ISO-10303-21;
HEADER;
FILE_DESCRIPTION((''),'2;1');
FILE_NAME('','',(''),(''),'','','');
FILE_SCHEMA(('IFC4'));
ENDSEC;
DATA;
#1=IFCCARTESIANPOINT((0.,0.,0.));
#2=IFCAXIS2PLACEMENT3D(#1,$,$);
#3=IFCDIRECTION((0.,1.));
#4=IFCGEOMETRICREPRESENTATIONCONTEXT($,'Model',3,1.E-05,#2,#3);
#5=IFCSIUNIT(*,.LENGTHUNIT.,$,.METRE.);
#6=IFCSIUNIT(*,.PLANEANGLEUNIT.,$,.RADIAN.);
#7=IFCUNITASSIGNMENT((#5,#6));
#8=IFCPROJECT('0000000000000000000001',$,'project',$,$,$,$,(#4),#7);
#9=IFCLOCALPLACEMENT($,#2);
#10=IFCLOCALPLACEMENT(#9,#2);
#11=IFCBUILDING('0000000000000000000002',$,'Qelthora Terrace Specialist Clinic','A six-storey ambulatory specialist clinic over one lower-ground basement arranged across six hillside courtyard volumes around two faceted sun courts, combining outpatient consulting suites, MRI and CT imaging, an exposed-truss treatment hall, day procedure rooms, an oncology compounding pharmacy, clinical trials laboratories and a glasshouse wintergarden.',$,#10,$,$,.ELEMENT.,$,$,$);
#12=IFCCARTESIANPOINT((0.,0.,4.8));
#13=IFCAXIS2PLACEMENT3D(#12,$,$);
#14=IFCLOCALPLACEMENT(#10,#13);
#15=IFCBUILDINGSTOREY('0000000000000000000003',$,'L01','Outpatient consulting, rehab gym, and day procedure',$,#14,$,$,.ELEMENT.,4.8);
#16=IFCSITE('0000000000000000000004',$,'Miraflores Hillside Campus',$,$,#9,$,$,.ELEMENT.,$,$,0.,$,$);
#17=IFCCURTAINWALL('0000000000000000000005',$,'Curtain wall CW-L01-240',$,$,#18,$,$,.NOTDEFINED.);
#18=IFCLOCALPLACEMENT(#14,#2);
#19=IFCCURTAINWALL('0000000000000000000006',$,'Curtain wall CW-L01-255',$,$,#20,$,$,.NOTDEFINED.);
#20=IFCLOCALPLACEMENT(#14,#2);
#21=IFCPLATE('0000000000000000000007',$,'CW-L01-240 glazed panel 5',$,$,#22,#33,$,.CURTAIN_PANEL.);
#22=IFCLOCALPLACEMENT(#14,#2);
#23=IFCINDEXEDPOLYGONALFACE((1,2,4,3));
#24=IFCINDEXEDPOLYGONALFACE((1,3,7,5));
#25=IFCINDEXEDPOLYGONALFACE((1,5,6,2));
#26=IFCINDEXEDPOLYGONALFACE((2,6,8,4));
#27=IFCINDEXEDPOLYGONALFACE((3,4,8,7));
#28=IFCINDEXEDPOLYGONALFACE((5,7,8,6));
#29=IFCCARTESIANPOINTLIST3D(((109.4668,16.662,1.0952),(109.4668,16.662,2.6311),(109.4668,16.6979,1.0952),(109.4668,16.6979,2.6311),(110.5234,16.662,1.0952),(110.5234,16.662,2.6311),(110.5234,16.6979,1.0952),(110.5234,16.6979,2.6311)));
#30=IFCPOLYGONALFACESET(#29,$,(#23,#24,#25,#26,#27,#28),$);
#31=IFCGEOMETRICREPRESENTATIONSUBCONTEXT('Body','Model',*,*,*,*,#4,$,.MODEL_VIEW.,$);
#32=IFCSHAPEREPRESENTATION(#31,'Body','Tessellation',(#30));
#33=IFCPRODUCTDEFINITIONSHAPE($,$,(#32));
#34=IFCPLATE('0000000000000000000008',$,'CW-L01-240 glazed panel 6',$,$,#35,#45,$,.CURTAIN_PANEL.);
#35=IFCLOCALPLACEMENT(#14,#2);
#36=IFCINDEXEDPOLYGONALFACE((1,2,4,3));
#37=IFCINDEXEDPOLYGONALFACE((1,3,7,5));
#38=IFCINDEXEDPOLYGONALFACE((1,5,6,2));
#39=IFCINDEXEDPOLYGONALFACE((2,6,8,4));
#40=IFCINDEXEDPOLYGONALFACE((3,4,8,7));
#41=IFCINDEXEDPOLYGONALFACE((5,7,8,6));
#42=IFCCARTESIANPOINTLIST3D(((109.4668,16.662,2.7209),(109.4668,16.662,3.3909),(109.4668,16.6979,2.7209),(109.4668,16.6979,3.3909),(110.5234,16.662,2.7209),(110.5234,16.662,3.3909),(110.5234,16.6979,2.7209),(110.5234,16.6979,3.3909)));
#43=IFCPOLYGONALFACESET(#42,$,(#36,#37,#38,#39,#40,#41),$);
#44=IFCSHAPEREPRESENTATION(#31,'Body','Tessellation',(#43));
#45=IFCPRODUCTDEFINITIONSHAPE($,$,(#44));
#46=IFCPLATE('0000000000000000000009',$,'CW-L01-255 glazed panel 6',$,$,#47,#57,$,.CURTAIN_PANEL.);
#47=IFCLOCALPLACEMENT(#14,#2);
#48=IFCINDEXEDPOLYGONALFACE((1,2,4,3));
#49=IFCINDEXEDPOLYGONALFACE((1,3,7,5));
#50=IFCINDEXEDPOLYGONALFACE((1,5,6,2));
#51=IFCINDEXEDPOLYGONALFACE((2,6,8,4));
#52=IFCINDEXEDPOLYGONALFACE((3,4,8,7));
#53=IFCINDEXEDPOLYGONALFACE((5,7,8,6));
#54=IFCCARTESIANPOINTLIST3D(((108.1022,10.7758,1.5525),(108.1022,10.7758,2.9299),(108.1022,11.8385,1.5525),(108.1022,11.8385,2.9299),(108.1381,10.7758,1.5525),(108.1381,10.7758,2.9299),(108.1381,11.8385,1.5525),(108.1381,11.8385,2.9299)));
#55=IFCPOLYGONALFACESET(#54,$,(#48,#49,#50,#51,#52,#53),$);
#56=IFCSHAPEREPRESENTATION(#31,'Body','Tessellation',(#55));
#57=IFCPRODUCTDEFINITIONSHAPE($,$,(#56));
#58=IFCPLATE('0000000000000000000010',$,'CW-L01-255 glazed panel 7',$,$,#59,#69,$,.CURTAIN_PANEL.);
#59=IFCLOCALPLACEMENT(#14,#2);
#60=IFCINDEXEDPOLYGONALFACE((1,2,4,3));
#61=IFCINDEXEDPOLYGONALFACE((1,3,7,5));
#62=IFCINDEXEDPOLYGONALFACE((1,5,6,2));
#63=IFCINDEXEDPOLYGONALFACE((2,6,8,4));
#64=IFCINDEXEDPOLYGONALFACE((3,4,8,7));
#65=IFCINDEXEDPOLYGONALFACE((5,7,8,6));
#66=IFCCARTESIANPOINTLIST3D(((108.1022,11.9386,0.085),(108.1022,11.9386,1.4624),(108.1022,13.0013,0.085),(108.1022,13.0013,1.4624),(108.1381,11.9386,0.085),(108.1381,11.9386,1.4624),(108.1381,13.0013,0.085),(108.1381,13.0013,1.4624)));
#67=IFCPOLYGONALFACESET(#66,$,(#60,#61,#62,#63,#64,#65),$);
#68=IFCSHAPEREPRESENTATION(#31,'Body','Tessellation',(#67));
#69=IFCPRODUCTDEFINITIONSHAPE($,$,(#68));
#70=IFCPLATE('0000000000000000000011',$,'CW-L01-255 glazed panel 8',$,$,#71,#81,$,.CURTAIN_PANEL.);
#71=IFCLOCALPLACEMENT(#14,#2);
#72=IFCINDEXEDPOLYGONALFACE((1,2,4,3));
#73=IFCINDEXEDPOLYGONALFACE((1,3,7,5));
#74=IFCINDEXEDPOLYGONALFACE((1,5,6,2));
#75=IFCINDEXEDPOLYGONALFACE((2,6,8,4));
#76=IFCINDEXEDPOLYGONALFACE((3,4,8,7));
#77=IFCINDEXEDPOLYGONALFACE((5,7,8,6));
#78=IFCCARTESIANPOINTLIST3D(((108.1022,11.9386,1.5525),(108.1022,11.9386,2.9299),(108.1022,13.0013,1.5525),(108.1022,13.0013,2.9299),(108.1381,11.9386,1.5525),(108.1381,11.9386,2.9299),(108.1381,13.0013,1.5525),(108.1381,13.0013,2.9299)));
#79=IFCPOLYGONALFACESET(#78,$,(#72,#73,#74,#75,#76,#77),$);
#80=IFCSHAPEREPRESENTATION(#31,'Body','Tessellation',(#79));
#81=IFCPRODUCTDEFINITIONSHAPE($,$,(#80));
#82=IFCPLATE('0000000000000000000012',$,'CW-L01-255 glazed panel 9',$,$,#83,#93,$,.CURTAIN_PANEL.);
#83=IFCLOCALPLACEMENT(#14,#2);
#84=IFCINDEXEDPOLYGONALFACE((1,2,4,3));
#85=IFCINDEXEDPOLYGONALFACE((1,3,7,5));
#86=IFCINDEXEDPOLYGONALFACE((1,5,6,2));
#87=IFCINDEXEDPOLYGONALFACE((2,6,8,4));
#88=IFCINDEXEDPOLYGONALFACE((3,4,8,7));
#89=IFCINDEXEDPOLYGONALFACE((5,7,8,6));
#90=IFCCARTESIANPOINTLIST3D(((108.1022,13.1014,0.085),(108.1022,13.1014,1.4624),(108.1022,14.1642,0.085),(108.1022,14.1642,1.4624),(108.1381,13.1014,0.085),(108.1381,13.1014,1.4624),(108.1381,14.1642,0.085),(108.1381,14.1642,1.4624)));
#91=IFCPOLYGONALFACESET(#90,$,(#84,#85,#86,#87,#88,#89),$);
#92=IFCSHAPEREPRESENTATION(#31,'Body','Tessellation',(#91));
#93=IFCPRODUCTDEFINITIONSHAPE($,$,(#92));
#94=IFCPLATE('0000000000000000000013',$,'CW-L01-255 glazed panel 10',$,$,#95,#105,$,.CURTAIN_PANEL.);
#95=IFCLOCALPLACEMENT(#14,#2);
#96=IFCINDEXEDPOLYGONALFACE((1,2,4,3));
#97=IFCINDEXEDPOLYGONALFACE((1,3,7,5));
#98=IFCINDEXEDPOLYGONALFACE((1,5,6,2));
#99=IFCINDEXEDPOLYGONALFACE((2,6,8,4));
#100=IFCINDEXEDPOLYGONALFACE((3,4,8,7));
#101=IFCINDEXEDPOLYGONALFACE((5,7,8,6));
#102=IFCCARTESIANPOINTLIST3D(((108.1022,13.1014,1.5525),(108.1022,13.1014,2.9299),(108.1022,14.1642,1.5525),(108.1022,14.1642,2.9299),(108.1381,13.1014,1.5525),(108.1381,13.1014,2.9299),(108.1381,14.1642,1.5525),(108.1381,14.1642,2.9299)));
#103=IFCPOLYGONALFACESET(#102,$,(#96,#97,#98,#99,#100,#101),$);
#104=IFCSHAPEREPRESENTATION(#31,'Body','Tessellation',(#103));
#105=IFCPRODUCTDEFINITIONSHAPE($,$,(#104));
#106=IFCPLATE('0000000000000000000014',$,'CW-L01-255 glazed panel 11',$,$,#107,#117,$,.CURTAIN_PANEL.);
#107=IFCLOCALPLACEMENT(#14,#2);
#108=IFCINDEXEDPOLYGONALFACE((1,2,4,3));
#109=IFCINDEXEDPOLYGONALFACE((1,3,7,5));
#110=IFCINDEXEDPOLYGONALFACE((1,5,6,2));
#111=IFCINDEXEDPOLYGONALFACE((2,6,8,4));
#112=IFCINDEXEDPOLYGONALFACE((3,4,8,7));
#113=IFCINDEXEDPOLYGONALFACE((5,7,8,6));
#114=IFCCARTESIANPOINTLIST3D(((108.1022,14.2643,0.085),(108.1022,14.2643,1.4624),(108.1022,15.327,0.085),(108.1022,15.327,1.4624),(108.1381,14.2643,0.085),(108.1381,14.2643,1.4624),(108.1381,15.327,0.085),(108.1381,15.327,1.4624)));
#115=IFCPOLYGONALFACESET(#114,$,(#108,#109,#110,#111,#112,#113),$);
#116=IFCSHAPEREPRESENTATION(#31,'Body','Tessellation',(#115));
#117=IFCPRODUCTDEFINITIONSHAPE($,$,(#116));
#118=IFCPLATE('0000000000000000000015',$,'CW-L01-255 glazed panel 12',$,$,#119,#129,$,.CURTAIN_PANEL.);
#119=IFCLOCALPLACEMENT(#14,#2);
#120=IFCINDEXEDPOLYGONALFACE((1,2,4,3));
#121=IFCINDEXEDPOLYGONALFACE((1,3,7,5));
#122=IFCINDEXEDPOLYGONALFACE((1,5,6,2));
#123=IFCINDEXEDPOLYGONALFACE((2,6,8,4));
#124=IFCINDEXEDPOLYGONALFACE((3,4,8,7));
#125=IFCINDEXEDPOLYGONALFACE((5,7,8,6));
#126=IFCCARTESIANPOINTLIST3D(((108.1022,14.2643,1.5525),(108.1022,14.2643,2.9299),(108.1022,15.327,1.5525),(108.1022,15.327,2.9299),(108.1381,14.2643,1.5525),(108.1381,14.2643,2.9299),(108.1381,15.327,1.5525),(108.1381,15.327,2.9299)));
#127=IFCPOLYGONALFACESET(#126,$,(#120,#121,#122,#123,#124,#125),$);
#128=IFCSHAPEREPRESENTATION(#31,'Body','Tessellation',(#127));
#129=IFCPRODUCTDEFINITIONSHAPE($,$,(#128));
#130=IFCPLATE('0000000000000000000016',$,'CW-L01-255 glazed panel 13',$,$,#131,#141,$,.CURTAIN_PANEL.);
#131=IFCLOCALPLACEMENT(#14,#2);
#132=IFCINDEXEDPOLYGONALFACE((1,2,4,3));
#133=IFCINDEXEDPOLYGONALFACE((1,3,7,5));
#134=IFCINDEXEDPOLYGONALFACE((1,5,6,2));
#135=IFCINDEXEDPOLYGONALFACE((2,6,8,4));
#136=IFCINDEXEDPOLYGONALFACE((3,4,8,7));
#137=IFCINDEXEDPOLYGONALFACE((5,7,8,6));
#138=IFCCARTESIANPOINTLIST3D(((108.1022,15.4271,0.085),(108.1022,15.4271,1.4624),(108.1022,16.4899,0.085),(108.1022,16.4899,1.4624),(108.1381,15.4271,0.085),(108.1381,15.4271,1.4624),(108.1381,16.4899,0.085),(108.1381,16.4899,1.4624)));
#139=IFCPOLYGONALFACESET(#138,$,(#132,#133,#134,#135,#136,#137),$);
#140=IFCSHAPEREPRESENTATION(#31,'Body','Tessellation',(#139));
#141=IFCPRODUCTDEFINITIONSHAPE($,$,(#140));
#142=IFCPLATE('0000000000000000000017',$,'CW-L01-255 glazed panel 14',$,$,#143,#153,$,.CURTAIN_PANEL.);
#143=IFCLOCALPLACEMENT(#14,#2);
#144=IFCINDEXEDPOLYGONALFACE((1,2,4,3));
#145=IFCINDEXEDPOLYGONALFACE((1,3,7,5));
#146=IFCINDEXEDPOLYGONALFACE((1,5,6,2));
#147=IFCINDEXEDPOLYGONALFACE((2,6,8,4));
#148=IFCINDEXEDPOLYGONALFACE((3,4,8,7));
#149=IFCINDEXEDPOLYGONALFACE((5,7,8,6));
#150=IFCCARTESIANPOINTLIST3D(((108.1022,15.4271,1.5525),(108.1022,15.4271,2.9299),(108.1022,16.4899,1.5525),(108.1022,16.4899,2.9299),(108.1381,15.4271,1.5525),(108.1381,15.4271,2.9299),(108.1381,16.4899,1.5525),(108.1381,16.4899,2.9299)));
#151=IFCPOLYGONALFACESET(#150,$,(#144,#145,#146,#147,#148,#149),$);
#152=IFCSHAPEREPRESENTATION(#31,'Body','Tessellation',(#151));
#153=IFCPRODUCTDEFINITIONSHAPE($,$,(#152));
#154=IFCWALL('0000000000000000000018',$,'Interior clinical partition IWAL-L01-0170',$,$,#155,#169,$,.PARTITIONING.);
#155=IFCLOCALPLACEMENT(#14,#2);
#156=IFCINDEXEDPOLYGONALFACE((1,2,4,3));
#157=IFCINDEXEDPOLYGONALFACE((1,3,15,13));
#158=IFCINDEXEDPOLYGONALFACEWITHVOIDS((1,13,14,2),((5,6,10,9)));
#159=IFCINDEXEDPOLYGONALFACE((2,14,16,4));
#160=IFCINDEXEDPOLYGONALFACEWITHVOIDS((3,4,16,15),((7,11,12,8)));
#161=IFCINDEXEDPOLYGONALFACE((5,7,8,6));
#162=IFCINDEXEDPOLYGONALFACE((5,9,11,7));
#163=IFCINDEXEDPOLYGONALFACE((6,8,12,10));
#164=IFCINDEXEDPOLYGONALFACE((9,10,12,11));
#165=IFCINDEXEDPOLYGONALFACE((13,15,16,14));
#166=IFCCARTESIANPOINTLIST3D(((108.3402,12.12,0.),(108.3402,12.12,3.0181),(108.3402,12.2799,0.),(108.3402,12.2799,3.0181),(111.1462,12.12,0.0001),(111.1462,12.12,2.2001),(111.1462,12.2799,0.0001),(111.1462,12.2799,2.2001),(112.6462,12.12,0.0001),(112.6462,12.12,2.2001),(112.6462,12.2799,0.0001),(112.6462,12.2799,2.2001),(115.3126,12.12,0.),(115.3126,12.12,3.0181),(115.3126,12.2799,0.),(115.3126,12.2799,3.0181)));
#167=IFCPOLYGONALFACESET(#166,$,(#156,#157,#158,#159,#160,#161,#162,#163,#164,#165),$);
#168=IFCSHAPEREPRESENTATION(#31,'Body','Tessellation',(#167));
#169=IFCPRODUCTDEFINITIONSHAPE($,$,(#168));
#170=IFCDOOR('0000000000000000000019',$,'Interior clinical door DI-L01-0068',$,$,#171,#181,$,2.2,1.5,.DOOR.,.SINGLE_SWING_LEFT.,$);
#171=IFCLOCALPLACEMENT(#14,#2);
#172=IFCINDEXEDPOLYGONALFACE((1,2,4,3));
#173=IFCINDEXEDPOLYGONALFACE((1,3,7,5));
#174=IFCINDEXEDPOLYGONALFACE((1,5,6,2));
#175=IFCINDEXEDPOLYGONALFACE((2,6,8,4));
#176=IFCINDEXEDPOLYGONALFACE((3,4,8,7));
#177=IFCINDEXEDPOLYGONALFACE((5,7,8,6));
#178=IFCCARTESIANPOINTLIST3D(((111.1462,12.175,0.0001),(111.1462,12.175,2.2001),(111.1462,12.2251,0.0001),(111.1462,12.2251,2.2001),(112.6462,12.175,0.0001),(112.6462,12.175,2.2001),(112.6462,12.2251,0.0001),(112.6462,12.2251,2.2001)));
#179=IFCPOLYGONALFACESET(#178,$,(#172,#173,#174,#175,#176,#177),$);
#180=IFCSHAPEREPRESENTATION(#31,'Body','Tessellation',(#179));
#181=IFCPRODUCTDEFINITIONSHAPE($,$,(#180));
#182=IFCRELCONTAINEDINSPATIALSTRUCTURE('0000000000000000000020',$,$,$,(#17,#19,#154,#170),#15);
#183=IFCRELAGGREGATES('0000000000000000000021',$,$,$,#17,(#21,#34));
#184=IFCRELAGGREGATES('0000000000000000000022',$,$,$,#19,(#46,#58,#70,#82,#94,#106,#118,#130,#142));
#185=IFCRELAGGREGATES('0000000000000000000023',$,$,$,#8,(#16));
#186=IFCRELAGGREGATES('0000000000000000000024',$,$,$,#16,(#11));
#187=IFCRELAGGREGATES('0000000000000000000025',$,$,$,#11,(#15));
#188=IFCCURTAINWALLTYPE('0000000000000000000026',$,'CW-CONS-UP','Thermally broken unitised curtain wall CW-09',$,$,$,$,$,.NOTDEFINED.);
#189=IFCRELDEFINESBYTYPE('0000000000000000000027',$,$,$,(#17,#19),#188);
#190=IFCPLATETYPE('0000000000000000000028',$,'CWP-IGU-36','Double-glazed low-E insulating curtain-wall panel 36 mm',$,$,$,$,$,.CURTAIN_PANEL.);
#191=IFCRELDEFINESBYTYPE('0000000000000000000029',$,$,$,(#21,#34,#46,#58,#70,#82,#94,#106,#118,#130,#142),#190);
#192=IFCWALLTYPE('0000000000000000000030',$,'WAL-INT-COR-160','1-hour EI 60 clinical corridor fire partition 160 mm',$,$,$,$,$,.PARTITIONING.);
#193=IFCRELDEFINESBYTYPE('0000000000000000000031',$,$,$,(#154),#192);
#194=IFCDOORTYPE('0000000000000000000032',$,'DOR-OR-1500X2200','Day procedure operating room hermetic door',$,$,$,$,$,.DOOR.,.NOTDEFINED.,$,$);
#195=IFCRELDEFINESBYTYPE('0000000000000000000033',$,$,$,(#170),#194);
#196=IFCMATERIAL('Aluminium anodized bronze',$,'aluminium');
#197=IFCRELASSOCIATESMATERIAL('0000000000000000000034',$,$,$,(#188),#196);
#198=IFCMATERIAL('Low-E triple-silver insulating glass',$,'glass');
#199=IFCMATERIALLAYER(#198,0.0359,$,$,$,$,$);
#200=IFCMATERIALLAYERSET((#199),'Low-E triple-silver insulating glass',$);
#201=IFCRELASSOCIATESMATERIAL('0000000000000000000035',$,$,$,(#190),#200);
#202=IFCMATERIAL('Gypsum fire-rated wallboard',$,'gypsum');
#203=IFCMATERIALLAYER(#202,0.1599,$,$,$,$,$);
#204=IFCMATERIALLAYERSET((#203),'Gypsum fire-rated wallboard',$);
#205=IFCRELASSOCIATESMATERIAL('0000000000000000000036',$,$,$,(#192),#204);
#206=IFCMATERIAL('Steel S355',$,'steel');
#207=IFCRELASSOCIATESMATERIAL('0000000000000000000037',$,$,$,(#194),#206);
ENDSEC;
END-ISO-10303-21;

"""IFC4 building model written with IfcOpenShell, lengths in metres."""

from ifc_helpers import new_model, si_unit, direction, frame, frame_2d, origin, origin_2d, place, context, subcontext, project, spatial, rectangle, extrude, material, layer, layer_set, type_object, element, fill, aggregate, save


model = new_model("IFC4")

# Units and contexts
model_context = context("Model", 3, precision=1e-05, world=origin(), true_north=direction((0.0, 1.0)))
body_context = subcontext(model_context, "Body", "Model", "MODEL_VIEW")
ifc_project = project(units=[si_unit("LENGTHUNIT", "METRE"), si_unit("PLANEANGLEUNIT", "RADIAN")], contexts=[model_context])

# Site, building, storey
site_placement = place(None, origin())
site = spatial("IfcSite", under=ifc_project, at=site_placement, Name="Miraflores Hillside Campus", CompositionType="ELEMENT", RefElevation=0.0)
building_placement = place(site_placement, origin())
building = spatial("IfcBuilding", under=site, at=building_placement, Name="Qelthora Terrace Specialist Clinic", Description="A six-storey ambulatory specialist clinic over one lower-ground basement arranged across six hillside courtyard volumes around two faceted sun courts, combining outpatient consulting suites, MRI and CT imaging, an exposed-truss treatment hall, day procedure rooms, an oncology compounding pharmacy, clinical trials laboratories and a glasshouse wintergarden.", CompositionType="ELEMENT")
storey_placement = place(building_placement, frame((0.0, 0.0, 4.8)))
storey = spatial("IfcBuildingStorey", under=building, at=storey_placement, Name="L01", Description="Outpatient consulting, rehab gym, and day procedure", CompositionType="ELEMENT", Elevation=4.8)

# Curtain walls
ifc_material_1 = material(Name="Aluminium anodized bronze", Category="aluminium")
curtain_wall_type = type_object("IfcCurtainWallType", Name="CW-CONS-UP", Description="Thermally broken unitised curtain wall CW-09", PredefinedType="NOTDEFINED", material=ifc_material_1)
curtain_wall_1_placement = place(storey_placement, origin())
curtain_wall_1 = element("IfcCurtainWall", 1, at=curtain_wall_1_placement, inside=storey, type_object=curtain_wall_type, Name="Curtain wall CW-L01-240", PredefinedType="NOTDEFINED")
curtain_wall_2_placement = place(storey_placement, origin())
curtain_wall_2 = element("IfcCurtainWall", 2, at=curtain_wall_2_placement, inside=storey, type_object=curtain_wall_type, Name="Curtain wall CW-L01-255", PredefinedType="NOTDEFINED")

# Plates
ifc_material_2 = material(Name="Low-E triple-silver insulating glass", Category="glass")
ifc_layer_1 = layer(ifc_material_2, 0.0359)
ifc_layer_set_1 = layer_set([ifc_layer_1], Name="Low-E triple-silver insulating glass")
plate_type = type_object("IfcPlateType", Name="CWP-IGU-36", Description="Double-glazed low-E insulating curtain-wall panel 36 mm", PredefinedType="CURTAIN_PANEL", material=ifc_layer_set_1)
plate_1_placement = place(storey_placement, frame((109.9951, 16.6799, 1.0952), z_axis=(0.0, 0.0, 1.0), x_axis=(1.0, 0.0, 0.0)))
plate_1 = element("IfcPlate", 3, at=plate_1_placement, type_object=plate_type, Name="CW-L01-240 glazed panel 5", PredefinedType="CURTAIN_PANEL", context=body_context, shape_type="SweptSolid", body=[
    extrude(rectangle(XDim=1.0566, YDim=0.0359, at=origin_2d()), origin(), (0.0, 0.0, 1.0), 1.5359),
])
plate_2_placement = place(storey_placement, frame((109.9951, 16.6799, 2.7209), z_axis=(0.0, 0.0, 1.0), x_axis=(1.0, 0.0, 0.0)))
plate_2 = element("IfcPlate", 4, at=plate_2_placement, type_object=plate_type, Name="CW-L01-240 glazed panel 6", PredefinedType="CURTAIN_PANEL", context=body_context, shape_type="SweptSolid", body=[
    extrude(rectangle(XDim=1.0566, YDim=0.0359, at=origin_2d()), origin(), (0.0, 0.0, 1.0), 0.6699),
])
aggregate(curtain_wall_1, [plate_1, plate_2])
plate_3_placement = place(storey_placement, frame((108.1201, 11.3071, 1.5525), z_axis=(0.0, 0.0, 1.0), x_axis=(0.0, 1.0, 0.0)))
plate_3 = element("IfcPlate", 5, at=plate_3_placement, type_object=plate_type, Name="CW-L01-255 glazed panel 6", PredefinedType="CURTAIN_PANEL", context=body_context, shape_type="SweptSolid", body=[
    extrude(rectangle(XDim=1.0627, YDim=0.0359, at=origin_2d()), origin(), (0.0, 0.0, 1.0), 1.3774),
])
plate_4_placement = place(storey_placement, frame((108.1201, 12.47, 0.085), z_axis=(0.0, 0.0, 1.0), x_axis=(0.0, 1.0, 0.0)))
plate_4 = element("IfcPlate", 6, at=plate_4_placement, type_object=plate_type, Name="CW-L01-255 glazed panel 7", PredefinedType="CURTAIN_PANEL", context=body_context, shape_type="SweptSolid", body=[
    extrude(rectangle(XDim=1.0627, YDim=0.0359, at=origin_2d()), origin(), (0.0, 0.0, 1.0), 1.3774),
])
plate_5_placement = place(storey_placement, frame((108.1201, 12.47, 1.5525), z_axis=(0.0, 0.0, 1.0), x_axis=(0.0, 1.0, 0.0)))
plate_5 = element("IfcPlate", 7, at=plate_5_placement, type_object=plate_type, Name="CW-L01-255 glazed panel 8", PredefinedType="CURTAIN_PANEL", context=body_context, shape_type="SweptSolid", body=[
    extrude(rectangle(XDim=1.0627, YDim=0.0359, at=origin_2d()), origin(), (0.0, 0.0, 1.0), 1.3774),
])
plate_6_placement = place(storey_placement, frame((108.1201, 13.6328, 0.085), z_axis=(0.0, 0.0, 1.0), x_axis=(0.0, 1.0, 0.0)))
plate_6 = element("IfcPlate", 8, at=plate_6_placement, type_object=plate_type, Name="CW-L01-255 glazed panel 9", PredefinedType="CURTAIN_PANEL", context=body_context, shape_type="SweptSolid", body=[
    extrude(rectangle(XDim=1.0627, YDim=0.0359, at=origin_2d()), origin(), (0.0, 0.0, 1.0), 1.3774),
])
plate_7_placement = place(storey_placement, frame((108.1201, 13.6328, 1.5525), z_axis=(0.0, 0.0, 1.0), x_axis=(0.0, 1.0, 0.0)))
plate_7 = element("IfcPlate", 9, at=plate_7_placement, type_object=plate_type, Name="CW-L01-255 glazed panel 10", PredefinedType="CURTAIN_PANEL", context=body_context, shape_type="SweptSolid", body=[
    extrude(rectangle(XDim=1.0627, YDim=0.0359, at=origin_2d()), origin(), (0.0, 0.0, 1.0), 1.3774),
])
plate_8_placement = place(storey_placement, frame((108.1201, 14.7957, 0.085), z_axis=(0.0, 0.0, 1.0), x_axis=(0.0, 1.0, 0.0)))
plate_8 = element("IfcPlate", 10, at=plate_8_placement, type_object=plate_type, Name="CW-L01-255 glazed panel 11", PredefinedType="CURTAIN_PANEL", context=body_context, shape_type="SweptSolid", body=[
    extrude(rectangle(XDim=1.0627, YDim=0.0359, at=origin_2d()), origin(), (0.0, 0.0, 1.0), 1.3774),
])
plate_9_placement = place(storey_placement, frame((108.1201, 14.7957, 1.5525), z_axis=(0.0, 0.0, 1.0), x_axis=(0.0, 1.0, 0.0)))
plate_9 = element("IfcPlate", 11, at=plate_9_placement, type_object=plate_type, Name="CW-L01-255 glazed panel 12", PredefinedType="CURTAIN_PANEL", context=body_context, shape_type="SweptSolid", body=[
    extrude(rectangle(XDim=1.0627, YDim=0.0359, at=origin_2d()), origin(), (0.0, 0.0, 1.0), 1.3774),
])
plate_10_placement = place(storey_placement, frame((108.1201, 15.9585, 0.085), z_axis=(0.0, 0.0, 1.0), x_axis=(0.0, 1.0, 0.0)))
plate_10 = element("IfcPlate", 12, at=plate_10_placement, type_object=plate_type, Name="CW-L01-255 glazed panel 13", PredefinedType="CURTAIN_PANEL", context=body_context, shape_type="SweptSolid", body=[
    extrude(rectangle(XDim=1.0627, YDim=0.0359, at=origin_2d()), origin(), (0.0, 0.0, 1.0), 1.3774),
])
plate_11_placement = place(storey_placement, frame((108.1201, 15.9585, 1.5525), z_axis=(0.0, 0.0, 1.0), x_axis=(0.0, 1.0, 0.0)))
plate_11 = element("IfcPlate", 13, at=plate_11_placement, type_object=plate_type, Name="CW-L01-255 glazed panel 14", PredefinedType="CURTAIN_PANEL", context=body_context, shape_type="SweptSolid", body=[
    extrude(rectangle(XDim=1.0627, YDim=0.0359, at=origin_2d()), origin(), (0.0, 0.0, 1.0), 1.3774),
])
aggregate(curtain_wall_2, [plate_3, plate_4, plate_5, plate_6, plate_7, plate_8, plate_9, plate_10, plate_11])

# Wall, opening, door
ifc_material_3 = material(Name="Gypsum fire-rated wallboard", Category="gypsum")
ifc_layer_2 = layer(ifc_material_3, 0.1599)
ifc_layer_set_2 = layer_set([ifc_layer_2], Name="Gypsum fire-rated wallboard")
wall_type = type_object("IfcWallType", Name="WAL-INT-COR-160", Description="1-hour EI 60 clinical corridor fire partition 160 mm", PredefinedType="PARTITIONING", material=ifc_layer_set_2)
wall_placement = place(storey_placement, frame((108.3401, 12.2, 0.0), z_axis=(0.0, 0.0, 1.0), x_axis=(1.0, 0.0, 0.0)))
wall = element("IfcWall", 14, at=wall_placement, inside=storey, type_object=wall_type, Name="Interior clinical partition IWAL-L01-0170", PredefinedType="PARTITIONING", context=body_context, shape_type="SweptSolid", body=[
    extrude(rectangle(XDim=6.9724, YDim=0.1599, at=frame_2d((3.4863, 0.0))), origin(), (0.0, 0.0, 1.0), 3.0181),
])
opening_placement = place(wall_placement, frame((2.8062, 0.0, 0.0)))
opening = element("IfcOpeningElement", 15, at=opening_placement, cuts=wall, PredefinedType="OPENING", context=body_context, shape_type="SweptSolid", body=[
    extrude(rectangle(XDim=1.5, YDim=2.2, at=frame_2d((0.75, 1.1001))), frame((0.0, 0.0898, 0.0), z_axis=(0.0, -1.0, 0.0), x_axis=(1.0, 0.0, 0.0)), (0.0, 0.0, 1.0), 0.1799),
])
ifc_material_4 = material(Name="Steel S355", Category="steel")
door_type = type_object("IfcDoorType", Name="DOR-OR-1500X2200", Description="Day procedure operating room hermetic door", OperationType="NOTDEFINED", PredefinedType="DOOR", material=ifc_material_4)
door_placement = place(opening_placement, frame((1.5, 0.0, 0.0), z_axis=(0.0, 0.0, 1.0), x_axis=(-1.0, 0.0, 0.0)))
door = element("IfcDoor", 16, at=door_placement, inside=storey, type_object=door_type, Name="Interior clinical door DI-L01-0068", OperationType="SINGLE_SWING_LEFT", OverallHeight=2.2, OverallWidth=1.5, PredefinedType="DOOR", context=body_context, shape_type="SweptSolid", body=[
    extrude(rectangle(XDim=1.5, YDim=2.2, at=frame_2d((0.75, 1.1001))), frame((0.0, 0.0249, 0.0), z_axis=(0.0, -1.0, 0.0), x_axis=(1.0, 0.0, 0.0)), (0.0, 0.0, 1.0), 0.05),
])
fill(opening, door)

save(model, "model.ifc")
